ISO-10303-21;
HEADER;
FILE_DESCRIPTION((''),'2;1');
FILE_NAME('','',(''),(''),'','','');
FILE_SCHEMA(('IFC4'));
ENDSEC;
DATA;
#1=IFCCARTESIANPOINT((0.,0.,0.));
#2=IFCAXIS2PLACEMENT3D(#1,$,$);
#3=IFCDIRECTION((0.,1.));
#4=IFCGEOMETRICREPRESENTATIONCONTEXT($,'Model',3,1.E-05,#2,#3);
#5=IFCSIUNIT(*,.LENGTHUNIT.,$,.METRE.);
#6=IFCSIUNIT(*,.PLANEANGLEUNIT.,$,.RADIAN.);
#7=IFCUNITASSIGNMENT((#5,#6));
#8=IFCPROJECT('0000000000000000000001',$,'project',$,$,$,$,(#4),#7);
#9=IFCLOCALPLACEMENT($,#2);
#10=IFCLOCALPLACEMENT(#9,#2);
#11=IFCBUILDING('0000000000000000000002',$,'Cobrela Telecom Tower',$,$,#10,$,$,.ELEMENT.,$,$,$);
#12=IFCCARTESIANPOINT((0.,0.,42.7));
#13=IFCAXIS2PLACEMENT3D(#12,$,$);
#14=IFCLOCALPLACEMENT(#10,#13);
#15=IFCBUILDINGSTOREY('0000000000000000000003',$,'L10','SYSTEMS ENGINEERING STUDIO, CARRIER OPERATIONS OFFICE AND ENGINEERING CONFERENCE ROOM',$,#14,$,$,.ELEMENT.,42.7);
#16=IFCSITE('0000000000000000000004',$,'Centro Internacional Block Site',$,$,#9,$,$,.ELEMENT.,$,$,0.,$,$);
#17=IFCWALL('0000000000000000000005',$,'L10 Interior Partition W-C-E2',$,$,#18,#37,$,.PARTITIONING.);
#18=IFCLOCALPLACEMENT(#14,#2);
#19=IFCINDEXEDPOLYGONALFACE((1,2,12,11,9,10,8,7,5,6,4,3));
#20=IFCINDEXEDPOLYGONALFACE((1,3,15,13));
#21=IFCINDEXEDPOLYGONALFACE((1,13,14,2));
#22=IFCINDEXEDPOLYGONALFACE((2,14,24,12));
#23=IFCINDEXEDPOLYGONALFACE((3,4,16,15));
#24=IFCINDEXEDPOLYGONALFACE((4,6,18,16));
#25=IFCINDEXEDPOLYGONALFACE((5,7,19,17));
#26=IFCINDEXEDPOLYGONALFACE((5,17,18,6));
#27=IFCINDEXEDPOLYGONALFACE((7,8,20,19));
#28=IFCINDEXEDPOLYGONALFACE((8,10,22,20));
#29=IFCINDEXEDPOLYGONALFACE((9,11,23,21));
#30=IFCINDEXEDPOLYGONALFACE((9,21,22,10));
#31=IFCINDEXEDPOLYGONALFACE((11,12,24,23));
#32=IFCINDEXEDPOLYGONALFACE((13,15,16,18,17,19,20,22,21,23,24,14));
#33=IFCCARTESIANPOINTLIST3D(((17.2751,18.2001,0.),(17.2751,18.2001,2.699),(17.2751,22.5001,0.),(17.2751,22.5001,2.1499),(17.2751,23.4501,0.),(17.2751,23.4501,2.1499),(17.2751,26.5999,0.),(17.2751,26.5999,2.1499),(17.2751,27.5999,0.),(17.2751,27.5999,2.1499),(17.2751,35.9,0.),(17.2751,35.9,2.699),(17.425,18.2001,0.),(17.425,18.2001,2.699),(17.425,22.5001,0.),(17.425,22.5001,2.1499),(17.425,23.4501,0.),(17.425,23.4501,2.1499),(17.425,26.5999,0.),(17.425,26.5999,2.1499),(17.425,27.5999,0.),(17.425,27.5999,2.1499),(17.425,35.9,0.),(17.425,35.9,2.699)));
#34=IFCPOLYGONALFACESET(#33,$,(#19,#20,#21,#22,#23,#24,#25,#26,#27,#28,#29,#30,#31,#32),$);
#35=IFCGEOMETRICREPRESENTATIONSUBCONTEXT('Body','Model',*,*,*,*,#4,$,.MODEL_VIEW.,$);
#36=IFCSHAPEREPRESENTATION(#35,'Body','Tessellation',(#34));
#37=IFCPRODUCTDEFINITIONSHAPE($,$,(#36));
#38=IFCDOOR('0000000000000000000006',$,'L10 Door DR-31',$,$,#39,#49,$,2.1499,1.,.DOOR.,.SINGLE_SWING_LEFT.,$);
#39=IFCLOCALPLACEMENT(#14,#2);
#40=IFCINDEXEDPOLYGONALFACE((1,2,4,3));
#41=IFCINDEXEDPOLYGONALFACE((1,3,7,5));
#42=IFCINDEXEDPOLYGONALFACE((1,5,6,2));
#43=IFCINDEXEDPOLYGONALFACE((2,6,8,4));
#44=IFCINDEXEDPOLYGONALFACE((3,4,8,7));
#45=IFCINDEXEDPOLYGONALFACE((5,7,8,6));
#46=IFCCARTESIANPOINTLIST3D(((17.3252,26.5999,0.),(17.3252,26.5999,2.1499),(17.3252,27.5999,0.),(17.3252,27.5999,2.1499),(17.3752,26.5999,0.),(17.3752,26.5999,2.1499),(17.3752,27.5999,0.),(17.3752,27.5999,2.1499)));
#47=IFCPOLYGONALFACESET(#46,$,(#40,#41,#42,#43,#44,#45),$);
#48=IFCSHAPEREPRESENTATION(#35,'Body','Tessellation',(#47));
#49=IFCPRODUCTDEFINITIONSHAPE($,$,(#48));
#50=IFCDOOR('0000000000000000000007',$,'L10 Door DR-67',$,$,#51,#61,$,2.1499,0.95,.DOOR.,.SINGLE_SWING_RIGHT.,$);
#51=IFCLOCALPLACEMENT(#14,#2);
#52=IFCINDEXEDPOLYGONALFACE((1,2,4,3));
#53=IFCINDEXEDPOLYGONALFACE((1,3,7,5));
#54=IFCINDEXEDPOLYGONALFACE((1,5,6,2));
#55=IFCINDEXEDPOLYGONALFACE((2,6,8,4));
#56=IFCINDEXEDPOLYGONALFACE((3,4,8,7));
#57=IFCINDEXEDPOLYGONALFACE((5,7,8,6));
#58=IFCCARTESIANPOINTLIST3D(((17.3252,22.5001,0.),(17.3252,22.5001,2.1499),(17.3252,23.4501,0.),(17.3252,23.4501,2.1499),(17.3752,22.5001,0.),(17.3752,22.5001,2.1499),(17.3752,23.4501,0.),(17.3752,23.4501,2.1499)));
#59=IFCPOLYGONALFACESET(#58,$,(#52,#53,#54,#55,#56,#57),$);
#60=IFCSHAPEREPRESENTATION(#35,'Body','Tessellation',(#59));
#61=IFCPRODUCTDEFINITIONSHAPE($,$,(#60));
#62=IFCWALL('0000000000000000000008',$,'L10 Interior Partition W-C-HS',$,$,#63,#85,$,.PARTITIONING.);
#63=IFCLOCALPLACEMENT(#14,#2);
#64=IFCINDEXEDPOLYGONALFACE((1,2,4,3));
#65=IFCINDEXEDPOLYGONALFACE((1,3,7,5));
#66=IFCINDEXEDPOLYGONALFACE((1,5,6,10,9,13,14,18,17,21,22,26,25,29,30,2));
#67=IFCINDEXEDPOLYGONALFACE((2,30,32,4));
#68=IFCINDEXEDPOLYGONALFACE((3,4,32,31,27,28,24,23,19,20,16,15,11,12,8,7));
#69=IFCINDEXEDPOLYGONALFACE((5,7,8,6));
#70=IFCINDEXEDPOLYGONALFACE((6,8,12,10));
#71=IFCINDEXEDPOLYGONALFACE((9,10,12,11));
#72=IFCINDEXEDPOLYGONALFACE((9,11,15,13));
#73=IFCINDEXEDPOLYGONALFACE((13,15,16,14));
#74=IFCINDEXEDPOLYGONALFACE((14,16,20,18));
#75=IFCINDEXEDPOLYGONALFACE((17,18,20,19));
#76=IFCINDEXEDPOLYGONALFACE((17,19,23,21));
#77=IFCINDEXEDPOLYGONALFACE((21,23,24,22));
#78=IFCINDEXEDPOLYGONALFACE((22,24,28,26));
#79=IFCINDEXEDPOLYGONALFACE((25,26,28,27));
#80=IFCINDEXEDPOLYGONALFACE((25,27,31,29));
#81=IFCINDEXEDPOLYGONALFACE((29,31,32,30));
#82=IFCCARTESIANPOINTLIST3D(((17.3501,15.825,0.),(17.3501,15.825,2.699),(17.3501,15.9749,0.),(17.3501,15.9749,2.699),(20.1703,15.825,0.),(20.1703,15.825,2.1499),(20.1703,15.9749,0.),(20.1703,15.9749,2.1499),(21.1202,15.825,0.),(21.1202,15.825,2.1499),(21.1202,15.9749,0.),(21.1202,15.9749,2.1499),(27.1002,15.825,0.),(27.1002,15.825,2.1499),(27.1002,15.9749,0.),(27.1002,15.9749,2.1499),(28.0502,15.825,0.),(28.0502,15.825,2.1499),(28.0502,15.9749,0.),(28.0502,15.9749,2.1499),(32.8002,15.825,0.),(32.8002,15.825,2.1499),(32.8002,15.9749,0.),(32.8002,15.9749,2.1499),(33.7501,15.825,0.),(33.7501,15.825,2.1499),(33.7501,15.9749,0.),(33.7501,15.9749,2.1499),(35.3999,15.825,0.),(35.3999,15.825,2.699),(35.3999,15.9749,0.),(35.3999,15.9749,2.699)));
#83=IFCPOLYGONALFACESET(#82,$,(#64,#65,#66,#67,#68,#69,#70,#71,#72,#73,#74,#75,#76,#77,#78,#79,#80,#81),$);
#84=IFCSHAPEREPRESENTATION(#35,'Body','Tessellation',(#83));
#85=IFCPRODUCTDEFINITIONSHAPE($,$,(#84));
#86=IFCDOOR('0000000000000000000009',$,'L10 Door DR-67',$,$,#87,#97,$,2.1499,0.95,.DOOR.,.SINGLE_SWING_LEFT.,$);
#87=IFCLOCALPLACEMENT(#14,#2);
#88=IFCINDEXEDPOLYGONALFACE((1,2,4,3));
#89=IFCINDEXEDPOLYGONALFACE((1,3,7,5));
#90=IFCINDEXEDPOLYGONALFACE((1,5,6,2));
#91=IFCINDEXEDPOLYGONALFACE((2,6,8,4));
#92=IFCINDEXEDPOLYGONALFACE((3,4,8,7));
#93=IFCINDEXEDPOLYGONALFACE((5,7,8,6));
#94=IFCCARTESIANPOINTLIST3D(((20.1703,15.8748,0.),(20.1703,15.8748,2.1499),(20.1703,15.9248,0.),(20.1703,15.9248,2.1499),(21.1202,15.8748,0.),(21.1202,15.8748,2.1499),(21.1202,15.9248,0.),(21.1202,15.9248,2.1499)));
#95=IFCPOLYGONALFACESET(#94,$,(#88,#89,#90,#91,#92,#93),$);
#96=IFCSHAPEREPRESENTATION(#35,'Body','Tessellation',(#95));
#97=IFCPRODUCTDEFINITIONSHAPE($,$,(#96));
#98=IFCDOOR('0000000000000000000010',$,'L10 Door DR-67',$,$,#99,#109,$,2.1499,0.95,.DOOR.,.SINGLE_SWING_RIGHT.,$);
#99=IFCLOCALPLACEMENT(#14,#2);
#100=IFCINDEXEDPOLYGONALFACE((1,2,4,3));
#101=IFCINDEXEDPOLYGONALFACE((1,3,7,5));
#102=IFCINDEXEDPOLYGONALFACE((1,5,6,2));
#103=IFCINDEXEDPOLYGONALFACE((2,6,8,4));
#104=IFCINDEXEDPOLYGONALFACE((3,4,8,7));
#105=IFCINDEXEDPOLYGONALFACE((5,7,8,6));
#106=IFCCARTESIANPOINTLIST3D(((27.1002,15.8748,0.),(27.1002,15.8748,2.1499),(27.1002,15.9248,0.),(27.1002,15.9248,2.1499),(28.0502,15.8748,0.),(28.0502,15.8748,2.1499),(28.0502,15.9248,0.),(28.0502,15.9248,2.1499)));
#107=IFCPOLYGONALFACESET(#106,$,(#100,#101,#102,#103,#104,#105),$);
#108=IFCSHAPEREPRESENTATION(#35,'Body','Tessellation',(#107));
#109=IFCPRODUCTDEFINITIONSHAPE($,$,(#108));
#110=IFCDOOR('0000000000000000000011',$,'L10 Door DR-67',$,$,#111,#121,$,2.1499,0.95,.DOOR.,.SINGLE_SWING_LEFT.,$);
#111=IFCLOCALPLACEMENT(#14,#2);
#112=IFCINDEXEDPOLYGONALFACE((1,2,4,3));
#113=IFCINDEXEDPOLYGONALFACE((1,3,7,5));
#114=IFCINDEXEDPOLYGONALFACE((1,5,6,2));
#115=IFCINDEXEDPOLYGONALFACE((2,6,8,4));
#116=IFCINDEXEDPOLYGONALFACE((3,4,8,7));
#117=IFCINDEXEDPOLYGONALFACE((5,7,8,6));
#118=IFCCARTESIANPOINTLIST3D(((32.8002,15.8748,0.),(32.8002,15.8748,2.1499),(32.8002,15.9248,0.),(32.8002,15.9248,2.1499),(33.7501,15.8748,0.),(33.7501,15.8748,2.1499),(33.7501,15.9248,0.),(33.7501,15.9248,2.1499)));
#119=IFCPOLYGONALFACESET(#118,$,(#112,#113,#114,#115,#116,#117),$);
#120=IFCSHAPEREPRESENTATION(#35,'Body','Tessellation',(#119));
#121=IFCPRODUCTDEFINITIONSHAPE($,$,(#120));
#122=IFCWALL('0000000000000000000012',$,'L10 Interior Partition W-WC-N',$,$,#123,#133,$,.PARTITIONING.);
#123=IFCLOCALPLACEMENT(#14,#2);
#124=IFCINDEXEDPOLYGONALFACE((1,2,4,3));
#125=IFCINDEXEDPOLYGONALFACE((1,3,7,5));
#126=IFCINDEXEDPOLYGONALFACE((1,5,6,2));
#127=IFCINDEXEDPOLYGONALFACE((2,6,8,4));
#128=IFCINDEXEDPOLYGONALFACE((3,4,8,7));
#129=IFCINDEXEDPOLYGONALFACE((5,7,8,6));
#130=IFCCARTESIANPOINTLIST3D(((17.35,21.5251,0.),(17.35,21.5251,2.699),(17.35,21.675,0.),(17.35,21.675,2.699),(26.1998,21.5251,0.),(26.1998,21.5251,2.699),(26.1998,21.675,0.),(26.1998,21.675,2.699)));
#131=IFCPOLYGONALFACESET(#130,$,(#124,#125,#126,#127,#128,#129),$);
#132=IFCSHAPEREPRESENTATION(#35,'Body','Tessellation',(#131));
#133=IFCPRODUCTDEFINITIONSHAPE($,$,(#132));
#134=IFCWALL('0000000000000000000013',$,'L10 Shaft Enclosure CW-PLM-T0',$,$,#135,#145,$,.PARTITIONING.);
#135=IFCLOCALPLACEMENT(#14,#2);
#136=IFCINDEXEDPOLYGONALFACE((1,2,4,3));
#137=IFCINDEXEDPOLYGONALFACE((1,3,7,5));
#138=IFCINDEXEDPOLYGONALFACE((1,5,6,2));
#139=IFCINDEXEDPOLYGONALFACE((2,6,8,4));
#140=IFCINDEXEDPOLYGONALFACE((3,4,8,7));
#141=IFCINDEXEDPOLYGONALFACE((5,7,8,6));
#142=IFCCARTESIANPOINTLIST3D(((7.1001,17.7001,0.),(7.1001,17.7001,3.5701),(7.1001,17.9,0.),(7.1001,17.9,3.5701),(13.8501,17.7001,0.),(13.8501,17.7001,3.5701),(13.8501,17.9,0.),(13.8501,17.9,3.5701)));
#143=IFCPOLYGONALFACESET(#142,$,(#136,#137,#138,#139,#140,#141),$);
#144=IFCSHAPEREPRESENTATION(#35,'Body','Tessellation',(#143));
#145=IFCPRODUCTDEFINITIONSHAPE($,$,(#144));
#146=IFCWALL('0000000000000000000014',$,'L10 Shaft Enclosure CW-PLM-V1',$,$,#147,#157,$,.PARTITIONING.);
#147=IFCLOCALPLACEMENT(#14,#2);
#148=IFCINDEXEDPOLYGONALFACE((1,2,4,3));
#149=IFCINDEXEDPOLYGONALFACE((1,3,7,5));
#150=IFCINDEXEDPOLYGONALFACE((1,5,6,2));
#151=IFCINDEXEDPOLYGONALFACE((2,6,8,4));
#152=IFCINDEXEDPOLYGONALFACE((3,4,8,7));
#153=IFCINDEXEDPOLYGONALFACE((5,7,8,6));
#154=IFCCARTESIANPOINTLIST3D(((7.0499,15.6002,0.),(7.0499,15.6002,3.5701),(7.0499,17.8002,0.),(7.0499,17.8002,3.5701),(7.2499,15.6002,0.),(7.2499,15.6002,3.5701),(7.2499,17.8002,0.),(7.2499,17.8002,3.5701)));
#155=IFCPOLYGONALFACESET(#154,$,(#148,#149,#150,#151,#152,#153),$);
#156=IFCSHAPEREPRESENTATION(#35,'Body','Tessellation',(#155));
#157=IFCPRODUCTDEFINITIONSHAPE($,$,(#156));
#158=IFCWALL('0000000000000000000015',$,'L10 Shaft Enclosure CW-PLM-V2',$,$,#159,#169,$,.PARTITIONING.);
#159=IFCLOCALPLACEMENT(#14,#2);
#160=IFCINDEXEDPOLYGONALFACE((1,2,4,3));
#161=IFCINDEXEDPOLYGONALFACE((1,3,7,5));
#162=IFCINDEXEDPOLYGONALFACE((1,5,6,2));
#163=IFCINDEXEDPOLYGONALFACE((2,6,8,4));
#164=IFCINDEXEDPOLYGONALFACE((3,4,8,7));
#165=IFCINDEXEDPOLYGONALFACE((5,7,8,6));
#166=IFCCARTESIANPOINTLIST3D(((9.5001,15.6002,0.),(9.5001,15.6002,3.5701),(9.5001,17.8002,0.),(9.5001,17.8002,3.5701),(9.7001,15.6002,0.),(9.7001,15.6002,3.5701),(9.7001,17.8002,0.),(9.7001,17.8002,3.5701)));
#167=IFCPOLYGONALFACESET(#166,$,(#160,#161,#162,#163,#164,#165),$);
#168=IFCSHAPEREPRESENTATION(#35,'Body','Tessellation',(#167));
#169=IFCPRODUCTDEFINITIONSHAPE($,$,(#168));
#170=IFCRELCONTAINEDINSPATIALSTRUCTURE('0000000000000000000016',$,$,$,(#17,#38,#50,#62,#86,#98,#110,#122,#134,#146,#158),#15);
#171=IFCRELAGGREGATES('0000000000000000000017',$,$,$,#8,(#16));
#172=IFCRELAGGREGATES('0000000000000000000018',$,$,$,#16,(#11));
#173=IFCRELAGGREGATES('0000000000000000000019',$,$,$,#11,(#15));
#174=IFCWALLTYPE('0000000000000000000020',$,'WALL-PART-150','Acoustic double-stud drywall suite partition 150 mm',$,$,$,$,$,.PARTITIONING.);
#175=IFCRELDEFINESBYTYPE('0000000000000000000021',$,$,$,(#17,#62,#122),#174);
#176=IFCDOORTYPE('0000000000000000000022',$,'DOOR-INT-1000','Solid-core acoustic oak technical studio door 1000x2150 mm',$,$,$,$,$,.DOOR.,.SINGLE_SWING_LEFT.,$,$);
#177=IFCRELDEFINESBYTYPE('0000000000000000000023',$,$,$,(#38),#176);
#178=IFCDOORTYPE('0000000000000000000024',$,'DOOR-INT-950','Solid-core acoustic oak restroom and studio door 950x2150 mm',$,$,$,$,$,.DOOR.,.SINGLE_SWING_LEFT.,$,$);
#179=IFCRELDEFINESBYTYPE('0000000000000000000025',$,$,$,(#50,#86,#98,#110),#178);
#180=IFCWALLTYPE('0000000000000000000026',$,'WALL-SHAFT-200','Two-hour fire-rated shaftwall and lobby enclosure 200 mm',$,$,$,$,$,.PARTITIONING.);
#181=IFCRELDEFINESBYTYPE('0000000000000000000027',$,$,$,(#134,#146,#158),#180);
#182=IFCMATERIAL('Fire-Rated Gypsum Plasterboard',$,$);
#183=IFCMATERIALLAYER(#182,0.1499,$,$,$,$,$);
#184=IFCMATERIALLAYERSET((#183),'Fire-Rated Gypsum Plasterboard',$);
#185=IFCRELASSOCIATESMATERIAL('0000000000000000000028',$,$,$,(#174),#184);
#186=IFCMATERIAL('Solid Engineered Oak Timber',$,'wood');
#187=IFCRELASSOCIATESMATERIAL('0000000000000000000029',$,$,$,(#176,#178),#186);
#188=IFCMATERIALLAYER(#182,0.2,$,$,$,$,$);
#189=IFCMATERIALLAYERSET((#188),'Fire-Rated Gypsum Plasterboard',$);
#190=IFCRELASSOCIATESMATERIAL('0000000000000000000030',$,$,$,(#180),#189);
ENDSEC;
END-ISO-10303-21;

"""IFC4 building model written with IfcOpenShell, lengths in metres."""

from ifc_helpers import new_model, si_unit, direction, frame, frame_2d, origin, place, context, subcontext, project, spatial, rectangle, extrude, material, layer, layer_set, type_object, element, fill, save


model = new_model("IFC4")

# Units and contexts
model_context = context("Model", 3, precision=1e-05, world=origin(), true_north=direction((0.0, 1.0)))
body_context = subcontext(model_context, "Body", "Model", "MODEL_VIEW")
ifc_project = project(units=[si_unit("LENGTHUNIT", "METRE"), si_unit("PLANEANGLEUNIT", "RADIAN")], contexts=[model_context])

# Site, building, storey
site_placement = place(None, origin())
site = spatial("IfcSite", under=ifc_project, at=site_placement, Name="Centro Internacional Block Site", CompositionType="ELEMENT", RefElevation=0.0)
building_placement = place(site_placement, origin())
building = spatial("IfcBuilding", under=site, at=building_placement, Name="Cobrela Telecom Tower", CompositionType="ELEMENT")
storey_placement = place(building_placement, frame((0.0, 0.0, 42.7)))
storey = spatial("IfcBuildingStorey", under=building, at=storey_placement, Name="L10", Description="SYSTEMS ENGINEERING STUDIO, CARRIER OPERATIONS OFFICE AND ENGINEERING CONFERENCE ROOM", CompositionType="ELEMENT", Elevation=42.7)

# Walls, openings, doors
ifc_material_1 = material(Name="Fire-Rated Gypsum Plasterboard")
ifc_layer_1 = layer(ifc_material_1, 0.1499)
ifc_layer_set_1 = layer_set([ifc_layer_1], Name="Fire-Rated Gypsum Plasterboard")
wall_type_1 = type_object("IfcWallType", Name="WALL-PART-150", Description="Acoustic double-stud drywall suite partition 150 mm", PredefinedType="PARTITIONING", material=ifc_layer_set_1)
wall_1_placement = place(storey_placement, frame((17.3501, 18.2, 0.0), z_axis=(0.0, 0.0, 1.0), x_axis=(0.0, 1.0, 0.0)))
wall_1 = element("IfcWall", 1, at=wall_1_placement, inside=storey, type_object=wall_type_1, Name="L10 Interior Partition W-C-E2", PredefinedType="PARTITIONING", context=body_context, shape_type="SweptSolid", body=[
    extrude(rectangle(XDim=17.7, YDim=0.1499, at=frame_2d((8.8501, 0.0))), origin(), (0.0, 0.0, 1.0), 2.699),
])
opening_1_placement = place(wall_1_placement, frame((4.3, 0.0, 0.0)))
opening_1 = element("IfcOpeningElement", 2, at=opening_1_placement, cuts=wall_1, PredefinedType="OPENING", context=body_context, shape_type="SweptSolid", body=[
    extrude(rectangle(XDim=0.95, YDim=2.1499, at=frame_2d((0.4751, 1.075))), frame((0.0, 0.0869, 0.0), z_axis=(0.0, -1.0, 0.0), x_axis=(1.0, 0.0, 0.0)), (0.0, 0.0, 1.0), 0.1738),
])
opening_2_placement = place(wall_1_placement, frame((8.3999, 0.0, 0.0)))
opening_2 = element("IfcOpeningElement", 3, at=opening_2_placement, cuts=wall_1, PredefinedType="OPENING", context=body_context, shape_type="SweptSolid", body=[
    extrude(rectangle(XDim=1.0, YDim=2.1499, at=frame_2d((0.5, 1.075))), frame((0.0, 0.0869, 0.0), z_axis=(0.0, -1.0, 0.0), x_axis=(1.0, 0.0, 0.0)), (0.0, 0.0, 1.0), 0.1738),
])
ifc_material_2 = material(Name="Solid Engineered Oak Timber", Category="wood")
door_type_1 = type_object("IfcDoorType", Name="DOOR-INT-1000", Description="Solid-core acoustic oak technical studio door 1000x2150 mm", OperationType="SINGLE_SWING_LEFT", PredefinedType="DOOR", material=ifc_material_2)
door_1_placement = place(opening_2_placement, origin())
door_1 = element("IfcDoor", 4, at=door_1_placement, inside=storey, type_object=door_type_1, Name="L10 Door DR-31", OperationType="SINGLE_SWING_LEFT", OverallHeight=2.1499, OverallWidth=1.0, PredefinedType="DOOR", context=body_context, shape_type="SweptSolid", body=[
    extrude(rectangle(XDim=1.0, YDim=2.1499, at=frame_2d((0.5, 1.075))), frame((0.0, 0.0249, 0.0), z_axis=(0.0, -1.0, 0.0), x_axis=(1.0, 0.0, 0.0)), (0.0, 0.0, 1.0), 0.05),
])
fill(opening_2, door_1)
door_type_2 = type_object("IfcDoorType", Name="DOOR-INT-950", Description="Solid-core acoustic oak restroom and studio door 950x2150 mm", OperationType="SINGLE_SWING_LEFT", PredefinedType="DOOR", material=ifc_material_2)
door_2_placement = place(opening_1_placement, origin())
door_2 = element("IfcDoor", 5, at=door_2_placement, inside=storey, type_object=door_type_2, Name="L10 Door DR-67", OperationType="SINGLE_SWING_RIGHT", OverallHeight=2.1499, OverallWidth=0.95, PredefinedType="DOOR", context=body_context, shape_type="SweptSolid", body=[
    extrude(rectangle(XDim=0.95, YDim=2.1499, at=frame_2d((0.4751, 1.075))), frame((0.0, 0.0249, 0.0), z_axis=(0.0, -1.0, 0.0), x_axis=(1.0, 0.0, 0.0)), (0.0, 0.0, 1.0), 0.05),
])
fill(opening_1, door_2)
wall_2_placement = place(storey_placement, frame((17.3501, 15.8999, 0.0), z_axis=(0.0, 0.0, 1.0), x_axis=(1.0, 0.0, 0.0)))
wall_2 = element("IfcWall", 6, at=wall_2_placement, inside=storey, type_object=wall_type_1, Name="L10 Interior Partition W-C-HS", PredefinedType="PARTITIONING", context=body_context, shape_type="SweptSolid", body=[
    extrude(rectangle(XDim=18.0498, YDim=0.1499, at=frame_2d((9.0249, 0.0))), origin(), (0.0, 0.0, 1.0), 2.699),
])
opening_3_placement = place(wall_2_placement, frame((2.8201, 0.0, 0.0)))
opening_3 = element("IfcOpeningElement", 7, at=opening_3_placement, cuts=wall_2, PredefinedType="OPENING", context=body_context, shape_type="SweptSolid", body=[
    extrude(rectangle(XDim=0.95, YDim=2.1499, at=frame_2d((0.4751, 1.075))), frame((0.0, 0.0869, 0.0), z_axis=(0.0, -1.0, 0.0), x_axis=(1.0, 0.0, 0.0)), (0.0, 0.0, 1.0), 0.1738),
])
opening_4_placement = place(wall_2_placement, frame((9.75, 0.0, 0.0)))
opening_4 = element("IfcOpeningElement", 8, at=opening_4_placement, cuts=wall_2, PredefinedType="OPENING", context=body_context, shape_type="SweptSolid", body=[
    extrude(rectangle(XDim=0.95, YDim=2.1499, at=frame_2d((0.4751, 1.075))), frame((0.0, 0.0869, 0.0), z_axis=(0.0, -1.0, 0.0), x_axis=(1.0, 0.0, 0.0)), (0.0, 0.0, 1.0), 0.1738),
])
opening_5_placement = place(wall_2_placement, frame((15.45, 0.0, 0.0)))
opening_5 = element("IfcOpeningElement", 9, at=opening_5_placement, cuts=wall_2, PredefinedType="OPENING", context=body_context, shape_type="SweptSolid", body=[
    extrude(rectangle(XDim=0.95, YDim=2.1499, at=frame_2d((0.4751, 1.075))), frame((0.0, 0.0869, 0.0), z_axis=(0.0, -1.0, 0.0), x_axis=(1.0, 0.0, 0.0)), (0.0, 0.0, 1.0), 0.1738),
])
door_3_placement = place(opening_3_placement, origin())
door_3 = element("IfcDoor", 10, at=door_3_placement, inside=storey, type_object=door_type_2, Name="L10 Door DR-67", OperationType="SINGLE_SWING_LEFT", OverallHeight=2.1499, OverallWidth=0.95, PredefinedType="DOOR", context=body_context, shape_type="SweptSolid", body=[
    extrude(rectangle(XDim=0.95, YDim=2.1499, at=frame_2d((0.4751, 1.075))), frame((0.0, 0.0249, 0.0), z_axis=(0.0, -1.0, 0.0), x_axis=(1.0, 0.0, 0.0)), (0.0, 0.0, 1.0), 0.05),
])
fill(opening_3, door_3)
door_4_placement = place(opening_4_placement, origin())
door_4 = element("IfcDoor", 11, at=door_4_placement, inside=storey, type_object=door_type_2, Name="L10 Door DR-67", OperationType="SINGLE_SWING_RIGHT", OverallHeight=2.1499, OverallWidth=0.95, PredefinedType="DOOR", context=body_context, shape_type="SweptSolid", body=[
    extrude(rectangle(XDim=0.95, YDim=2.1499, at=frame_2d((0.4751, 1.075))), frame((0.0, 0.0249, 0.0), z_axis=(0.0, -1.0, 0.0), x_axis=(1.0, 0.0, 0.0)), (0.0, 0.0, 1.0), 0.05),
])
fill(opening_4, door_4)
door_5_placement = place(opening_5_placement, origin())
door_5 = element("IfcDoor", 12, at=door_5_placement, inside=storey, type_object=door_type_2, Name="L10 Door DR-67", OperationType="SINGLE_SWING_LEFT", OverallHeight=2.1499, OverallWidth=0.95, PredefinedType="DOOR", context=body_context, shape_type="SweptSolid", body=[
    extrude(rectangle(XDim=0.95, YDim=2.1499, at=frame_2d((0.4751, 1.075))), frame((0.0, 0.0249, 0.0), z_axis=(0.0, -1.0, 0.0), x_axis=(1.0, 0.0, 0.0)), (0.0, 0.0, 1.0), 0.05),
])
fill(opening_5, door_5)

# Walls
wall_3_placement = place(storey_placement, frame((17.3501, 21.6001, 0.0), z_axis=(0.0, 0.0, 1.0), x_axis=(1.0, 0.0, 0.0)))
element("IfcWall", 13, at=wall_3_placement, inside=storey, type_object=wall_type_1, Name="L10 Interior Partition W-WC-N", PredefinedType="PARTITIONING", context=body_context, shape_type="SweptSolid", body=[
    extrude(rectangle(XDim=8.8499, YDim=0.1499, at=frame_2d((4.4248, 0.0))), origin(), (0.0, 0.0, 1.0), 2.699),
])
ifc_layer_2 = layer(ifc_material_1, 0.2)
ifc_layer_set_2 = layer_set([ifc_layer_2], Name="Fire-Rated Gypsum Plasterboard")
wall_type_2 = type_object("IfcWallType", Name="WALL-SHAFT-200", Description="Two-hour fire-rated shaftwall and lobby enclosure 200 mm", PredefinedType="PARTITIONING", material=ifc_layer_set_2)
wall_4_placement = place(storey_placement, frame((7.1001, 17.8, 0.0), z_axis=(0.0, 0.0, 1.0), x_axis=(1.0, 0.0, 0.0)))
element("IfcWall", 14, at=wall_4_placement, inside=storey, type_object=wall_type_2, Name="L10 Shaft Enclosure CW-PLM-T0", PredefinedType="PARTITIONING", context=body_context, shape_type="SweptSolid", body=[
    extrude(rectangle(XDim=6.75, YDim=0.2, at=frame_2d((3.375, 0.0))), origin(), (0.0, 0.0, 1.0), 3.5701),
])
for number, where, z_axis, x_axis, name in (
    (15, (7.1499, 15.6001, 0.0), (0.0, 0.0, 1.0), (0.0, 1.0, 0.0), "L10 Shaft Enclosure CW-PLM-V1"),
    (16, (9.6001, 15.6001, 0.0), (0.0, 0.0, 1.0), (0.0, 1.0, 0.0), "L10 Shaft Enclosure CW-PLM-V2"),
):
    element("IfcWall", number, at=place(storey_placement, frame(where, z_axis=z_axis, x_axis=x_axis)), inside=storey, type_object=wall_type_2, Name=name, PredefinedType="PARTITIONING", context=body_context, shape_type="SweptSolid", body=[
        extrude(rectangle(XDim=2.2, YDim=0.2, at=frame_2d((1.1001, 0.0))), origin(), (0.0, 0.0, 1.0), 3.5701),
    ])

save(model, "model.ifc")
